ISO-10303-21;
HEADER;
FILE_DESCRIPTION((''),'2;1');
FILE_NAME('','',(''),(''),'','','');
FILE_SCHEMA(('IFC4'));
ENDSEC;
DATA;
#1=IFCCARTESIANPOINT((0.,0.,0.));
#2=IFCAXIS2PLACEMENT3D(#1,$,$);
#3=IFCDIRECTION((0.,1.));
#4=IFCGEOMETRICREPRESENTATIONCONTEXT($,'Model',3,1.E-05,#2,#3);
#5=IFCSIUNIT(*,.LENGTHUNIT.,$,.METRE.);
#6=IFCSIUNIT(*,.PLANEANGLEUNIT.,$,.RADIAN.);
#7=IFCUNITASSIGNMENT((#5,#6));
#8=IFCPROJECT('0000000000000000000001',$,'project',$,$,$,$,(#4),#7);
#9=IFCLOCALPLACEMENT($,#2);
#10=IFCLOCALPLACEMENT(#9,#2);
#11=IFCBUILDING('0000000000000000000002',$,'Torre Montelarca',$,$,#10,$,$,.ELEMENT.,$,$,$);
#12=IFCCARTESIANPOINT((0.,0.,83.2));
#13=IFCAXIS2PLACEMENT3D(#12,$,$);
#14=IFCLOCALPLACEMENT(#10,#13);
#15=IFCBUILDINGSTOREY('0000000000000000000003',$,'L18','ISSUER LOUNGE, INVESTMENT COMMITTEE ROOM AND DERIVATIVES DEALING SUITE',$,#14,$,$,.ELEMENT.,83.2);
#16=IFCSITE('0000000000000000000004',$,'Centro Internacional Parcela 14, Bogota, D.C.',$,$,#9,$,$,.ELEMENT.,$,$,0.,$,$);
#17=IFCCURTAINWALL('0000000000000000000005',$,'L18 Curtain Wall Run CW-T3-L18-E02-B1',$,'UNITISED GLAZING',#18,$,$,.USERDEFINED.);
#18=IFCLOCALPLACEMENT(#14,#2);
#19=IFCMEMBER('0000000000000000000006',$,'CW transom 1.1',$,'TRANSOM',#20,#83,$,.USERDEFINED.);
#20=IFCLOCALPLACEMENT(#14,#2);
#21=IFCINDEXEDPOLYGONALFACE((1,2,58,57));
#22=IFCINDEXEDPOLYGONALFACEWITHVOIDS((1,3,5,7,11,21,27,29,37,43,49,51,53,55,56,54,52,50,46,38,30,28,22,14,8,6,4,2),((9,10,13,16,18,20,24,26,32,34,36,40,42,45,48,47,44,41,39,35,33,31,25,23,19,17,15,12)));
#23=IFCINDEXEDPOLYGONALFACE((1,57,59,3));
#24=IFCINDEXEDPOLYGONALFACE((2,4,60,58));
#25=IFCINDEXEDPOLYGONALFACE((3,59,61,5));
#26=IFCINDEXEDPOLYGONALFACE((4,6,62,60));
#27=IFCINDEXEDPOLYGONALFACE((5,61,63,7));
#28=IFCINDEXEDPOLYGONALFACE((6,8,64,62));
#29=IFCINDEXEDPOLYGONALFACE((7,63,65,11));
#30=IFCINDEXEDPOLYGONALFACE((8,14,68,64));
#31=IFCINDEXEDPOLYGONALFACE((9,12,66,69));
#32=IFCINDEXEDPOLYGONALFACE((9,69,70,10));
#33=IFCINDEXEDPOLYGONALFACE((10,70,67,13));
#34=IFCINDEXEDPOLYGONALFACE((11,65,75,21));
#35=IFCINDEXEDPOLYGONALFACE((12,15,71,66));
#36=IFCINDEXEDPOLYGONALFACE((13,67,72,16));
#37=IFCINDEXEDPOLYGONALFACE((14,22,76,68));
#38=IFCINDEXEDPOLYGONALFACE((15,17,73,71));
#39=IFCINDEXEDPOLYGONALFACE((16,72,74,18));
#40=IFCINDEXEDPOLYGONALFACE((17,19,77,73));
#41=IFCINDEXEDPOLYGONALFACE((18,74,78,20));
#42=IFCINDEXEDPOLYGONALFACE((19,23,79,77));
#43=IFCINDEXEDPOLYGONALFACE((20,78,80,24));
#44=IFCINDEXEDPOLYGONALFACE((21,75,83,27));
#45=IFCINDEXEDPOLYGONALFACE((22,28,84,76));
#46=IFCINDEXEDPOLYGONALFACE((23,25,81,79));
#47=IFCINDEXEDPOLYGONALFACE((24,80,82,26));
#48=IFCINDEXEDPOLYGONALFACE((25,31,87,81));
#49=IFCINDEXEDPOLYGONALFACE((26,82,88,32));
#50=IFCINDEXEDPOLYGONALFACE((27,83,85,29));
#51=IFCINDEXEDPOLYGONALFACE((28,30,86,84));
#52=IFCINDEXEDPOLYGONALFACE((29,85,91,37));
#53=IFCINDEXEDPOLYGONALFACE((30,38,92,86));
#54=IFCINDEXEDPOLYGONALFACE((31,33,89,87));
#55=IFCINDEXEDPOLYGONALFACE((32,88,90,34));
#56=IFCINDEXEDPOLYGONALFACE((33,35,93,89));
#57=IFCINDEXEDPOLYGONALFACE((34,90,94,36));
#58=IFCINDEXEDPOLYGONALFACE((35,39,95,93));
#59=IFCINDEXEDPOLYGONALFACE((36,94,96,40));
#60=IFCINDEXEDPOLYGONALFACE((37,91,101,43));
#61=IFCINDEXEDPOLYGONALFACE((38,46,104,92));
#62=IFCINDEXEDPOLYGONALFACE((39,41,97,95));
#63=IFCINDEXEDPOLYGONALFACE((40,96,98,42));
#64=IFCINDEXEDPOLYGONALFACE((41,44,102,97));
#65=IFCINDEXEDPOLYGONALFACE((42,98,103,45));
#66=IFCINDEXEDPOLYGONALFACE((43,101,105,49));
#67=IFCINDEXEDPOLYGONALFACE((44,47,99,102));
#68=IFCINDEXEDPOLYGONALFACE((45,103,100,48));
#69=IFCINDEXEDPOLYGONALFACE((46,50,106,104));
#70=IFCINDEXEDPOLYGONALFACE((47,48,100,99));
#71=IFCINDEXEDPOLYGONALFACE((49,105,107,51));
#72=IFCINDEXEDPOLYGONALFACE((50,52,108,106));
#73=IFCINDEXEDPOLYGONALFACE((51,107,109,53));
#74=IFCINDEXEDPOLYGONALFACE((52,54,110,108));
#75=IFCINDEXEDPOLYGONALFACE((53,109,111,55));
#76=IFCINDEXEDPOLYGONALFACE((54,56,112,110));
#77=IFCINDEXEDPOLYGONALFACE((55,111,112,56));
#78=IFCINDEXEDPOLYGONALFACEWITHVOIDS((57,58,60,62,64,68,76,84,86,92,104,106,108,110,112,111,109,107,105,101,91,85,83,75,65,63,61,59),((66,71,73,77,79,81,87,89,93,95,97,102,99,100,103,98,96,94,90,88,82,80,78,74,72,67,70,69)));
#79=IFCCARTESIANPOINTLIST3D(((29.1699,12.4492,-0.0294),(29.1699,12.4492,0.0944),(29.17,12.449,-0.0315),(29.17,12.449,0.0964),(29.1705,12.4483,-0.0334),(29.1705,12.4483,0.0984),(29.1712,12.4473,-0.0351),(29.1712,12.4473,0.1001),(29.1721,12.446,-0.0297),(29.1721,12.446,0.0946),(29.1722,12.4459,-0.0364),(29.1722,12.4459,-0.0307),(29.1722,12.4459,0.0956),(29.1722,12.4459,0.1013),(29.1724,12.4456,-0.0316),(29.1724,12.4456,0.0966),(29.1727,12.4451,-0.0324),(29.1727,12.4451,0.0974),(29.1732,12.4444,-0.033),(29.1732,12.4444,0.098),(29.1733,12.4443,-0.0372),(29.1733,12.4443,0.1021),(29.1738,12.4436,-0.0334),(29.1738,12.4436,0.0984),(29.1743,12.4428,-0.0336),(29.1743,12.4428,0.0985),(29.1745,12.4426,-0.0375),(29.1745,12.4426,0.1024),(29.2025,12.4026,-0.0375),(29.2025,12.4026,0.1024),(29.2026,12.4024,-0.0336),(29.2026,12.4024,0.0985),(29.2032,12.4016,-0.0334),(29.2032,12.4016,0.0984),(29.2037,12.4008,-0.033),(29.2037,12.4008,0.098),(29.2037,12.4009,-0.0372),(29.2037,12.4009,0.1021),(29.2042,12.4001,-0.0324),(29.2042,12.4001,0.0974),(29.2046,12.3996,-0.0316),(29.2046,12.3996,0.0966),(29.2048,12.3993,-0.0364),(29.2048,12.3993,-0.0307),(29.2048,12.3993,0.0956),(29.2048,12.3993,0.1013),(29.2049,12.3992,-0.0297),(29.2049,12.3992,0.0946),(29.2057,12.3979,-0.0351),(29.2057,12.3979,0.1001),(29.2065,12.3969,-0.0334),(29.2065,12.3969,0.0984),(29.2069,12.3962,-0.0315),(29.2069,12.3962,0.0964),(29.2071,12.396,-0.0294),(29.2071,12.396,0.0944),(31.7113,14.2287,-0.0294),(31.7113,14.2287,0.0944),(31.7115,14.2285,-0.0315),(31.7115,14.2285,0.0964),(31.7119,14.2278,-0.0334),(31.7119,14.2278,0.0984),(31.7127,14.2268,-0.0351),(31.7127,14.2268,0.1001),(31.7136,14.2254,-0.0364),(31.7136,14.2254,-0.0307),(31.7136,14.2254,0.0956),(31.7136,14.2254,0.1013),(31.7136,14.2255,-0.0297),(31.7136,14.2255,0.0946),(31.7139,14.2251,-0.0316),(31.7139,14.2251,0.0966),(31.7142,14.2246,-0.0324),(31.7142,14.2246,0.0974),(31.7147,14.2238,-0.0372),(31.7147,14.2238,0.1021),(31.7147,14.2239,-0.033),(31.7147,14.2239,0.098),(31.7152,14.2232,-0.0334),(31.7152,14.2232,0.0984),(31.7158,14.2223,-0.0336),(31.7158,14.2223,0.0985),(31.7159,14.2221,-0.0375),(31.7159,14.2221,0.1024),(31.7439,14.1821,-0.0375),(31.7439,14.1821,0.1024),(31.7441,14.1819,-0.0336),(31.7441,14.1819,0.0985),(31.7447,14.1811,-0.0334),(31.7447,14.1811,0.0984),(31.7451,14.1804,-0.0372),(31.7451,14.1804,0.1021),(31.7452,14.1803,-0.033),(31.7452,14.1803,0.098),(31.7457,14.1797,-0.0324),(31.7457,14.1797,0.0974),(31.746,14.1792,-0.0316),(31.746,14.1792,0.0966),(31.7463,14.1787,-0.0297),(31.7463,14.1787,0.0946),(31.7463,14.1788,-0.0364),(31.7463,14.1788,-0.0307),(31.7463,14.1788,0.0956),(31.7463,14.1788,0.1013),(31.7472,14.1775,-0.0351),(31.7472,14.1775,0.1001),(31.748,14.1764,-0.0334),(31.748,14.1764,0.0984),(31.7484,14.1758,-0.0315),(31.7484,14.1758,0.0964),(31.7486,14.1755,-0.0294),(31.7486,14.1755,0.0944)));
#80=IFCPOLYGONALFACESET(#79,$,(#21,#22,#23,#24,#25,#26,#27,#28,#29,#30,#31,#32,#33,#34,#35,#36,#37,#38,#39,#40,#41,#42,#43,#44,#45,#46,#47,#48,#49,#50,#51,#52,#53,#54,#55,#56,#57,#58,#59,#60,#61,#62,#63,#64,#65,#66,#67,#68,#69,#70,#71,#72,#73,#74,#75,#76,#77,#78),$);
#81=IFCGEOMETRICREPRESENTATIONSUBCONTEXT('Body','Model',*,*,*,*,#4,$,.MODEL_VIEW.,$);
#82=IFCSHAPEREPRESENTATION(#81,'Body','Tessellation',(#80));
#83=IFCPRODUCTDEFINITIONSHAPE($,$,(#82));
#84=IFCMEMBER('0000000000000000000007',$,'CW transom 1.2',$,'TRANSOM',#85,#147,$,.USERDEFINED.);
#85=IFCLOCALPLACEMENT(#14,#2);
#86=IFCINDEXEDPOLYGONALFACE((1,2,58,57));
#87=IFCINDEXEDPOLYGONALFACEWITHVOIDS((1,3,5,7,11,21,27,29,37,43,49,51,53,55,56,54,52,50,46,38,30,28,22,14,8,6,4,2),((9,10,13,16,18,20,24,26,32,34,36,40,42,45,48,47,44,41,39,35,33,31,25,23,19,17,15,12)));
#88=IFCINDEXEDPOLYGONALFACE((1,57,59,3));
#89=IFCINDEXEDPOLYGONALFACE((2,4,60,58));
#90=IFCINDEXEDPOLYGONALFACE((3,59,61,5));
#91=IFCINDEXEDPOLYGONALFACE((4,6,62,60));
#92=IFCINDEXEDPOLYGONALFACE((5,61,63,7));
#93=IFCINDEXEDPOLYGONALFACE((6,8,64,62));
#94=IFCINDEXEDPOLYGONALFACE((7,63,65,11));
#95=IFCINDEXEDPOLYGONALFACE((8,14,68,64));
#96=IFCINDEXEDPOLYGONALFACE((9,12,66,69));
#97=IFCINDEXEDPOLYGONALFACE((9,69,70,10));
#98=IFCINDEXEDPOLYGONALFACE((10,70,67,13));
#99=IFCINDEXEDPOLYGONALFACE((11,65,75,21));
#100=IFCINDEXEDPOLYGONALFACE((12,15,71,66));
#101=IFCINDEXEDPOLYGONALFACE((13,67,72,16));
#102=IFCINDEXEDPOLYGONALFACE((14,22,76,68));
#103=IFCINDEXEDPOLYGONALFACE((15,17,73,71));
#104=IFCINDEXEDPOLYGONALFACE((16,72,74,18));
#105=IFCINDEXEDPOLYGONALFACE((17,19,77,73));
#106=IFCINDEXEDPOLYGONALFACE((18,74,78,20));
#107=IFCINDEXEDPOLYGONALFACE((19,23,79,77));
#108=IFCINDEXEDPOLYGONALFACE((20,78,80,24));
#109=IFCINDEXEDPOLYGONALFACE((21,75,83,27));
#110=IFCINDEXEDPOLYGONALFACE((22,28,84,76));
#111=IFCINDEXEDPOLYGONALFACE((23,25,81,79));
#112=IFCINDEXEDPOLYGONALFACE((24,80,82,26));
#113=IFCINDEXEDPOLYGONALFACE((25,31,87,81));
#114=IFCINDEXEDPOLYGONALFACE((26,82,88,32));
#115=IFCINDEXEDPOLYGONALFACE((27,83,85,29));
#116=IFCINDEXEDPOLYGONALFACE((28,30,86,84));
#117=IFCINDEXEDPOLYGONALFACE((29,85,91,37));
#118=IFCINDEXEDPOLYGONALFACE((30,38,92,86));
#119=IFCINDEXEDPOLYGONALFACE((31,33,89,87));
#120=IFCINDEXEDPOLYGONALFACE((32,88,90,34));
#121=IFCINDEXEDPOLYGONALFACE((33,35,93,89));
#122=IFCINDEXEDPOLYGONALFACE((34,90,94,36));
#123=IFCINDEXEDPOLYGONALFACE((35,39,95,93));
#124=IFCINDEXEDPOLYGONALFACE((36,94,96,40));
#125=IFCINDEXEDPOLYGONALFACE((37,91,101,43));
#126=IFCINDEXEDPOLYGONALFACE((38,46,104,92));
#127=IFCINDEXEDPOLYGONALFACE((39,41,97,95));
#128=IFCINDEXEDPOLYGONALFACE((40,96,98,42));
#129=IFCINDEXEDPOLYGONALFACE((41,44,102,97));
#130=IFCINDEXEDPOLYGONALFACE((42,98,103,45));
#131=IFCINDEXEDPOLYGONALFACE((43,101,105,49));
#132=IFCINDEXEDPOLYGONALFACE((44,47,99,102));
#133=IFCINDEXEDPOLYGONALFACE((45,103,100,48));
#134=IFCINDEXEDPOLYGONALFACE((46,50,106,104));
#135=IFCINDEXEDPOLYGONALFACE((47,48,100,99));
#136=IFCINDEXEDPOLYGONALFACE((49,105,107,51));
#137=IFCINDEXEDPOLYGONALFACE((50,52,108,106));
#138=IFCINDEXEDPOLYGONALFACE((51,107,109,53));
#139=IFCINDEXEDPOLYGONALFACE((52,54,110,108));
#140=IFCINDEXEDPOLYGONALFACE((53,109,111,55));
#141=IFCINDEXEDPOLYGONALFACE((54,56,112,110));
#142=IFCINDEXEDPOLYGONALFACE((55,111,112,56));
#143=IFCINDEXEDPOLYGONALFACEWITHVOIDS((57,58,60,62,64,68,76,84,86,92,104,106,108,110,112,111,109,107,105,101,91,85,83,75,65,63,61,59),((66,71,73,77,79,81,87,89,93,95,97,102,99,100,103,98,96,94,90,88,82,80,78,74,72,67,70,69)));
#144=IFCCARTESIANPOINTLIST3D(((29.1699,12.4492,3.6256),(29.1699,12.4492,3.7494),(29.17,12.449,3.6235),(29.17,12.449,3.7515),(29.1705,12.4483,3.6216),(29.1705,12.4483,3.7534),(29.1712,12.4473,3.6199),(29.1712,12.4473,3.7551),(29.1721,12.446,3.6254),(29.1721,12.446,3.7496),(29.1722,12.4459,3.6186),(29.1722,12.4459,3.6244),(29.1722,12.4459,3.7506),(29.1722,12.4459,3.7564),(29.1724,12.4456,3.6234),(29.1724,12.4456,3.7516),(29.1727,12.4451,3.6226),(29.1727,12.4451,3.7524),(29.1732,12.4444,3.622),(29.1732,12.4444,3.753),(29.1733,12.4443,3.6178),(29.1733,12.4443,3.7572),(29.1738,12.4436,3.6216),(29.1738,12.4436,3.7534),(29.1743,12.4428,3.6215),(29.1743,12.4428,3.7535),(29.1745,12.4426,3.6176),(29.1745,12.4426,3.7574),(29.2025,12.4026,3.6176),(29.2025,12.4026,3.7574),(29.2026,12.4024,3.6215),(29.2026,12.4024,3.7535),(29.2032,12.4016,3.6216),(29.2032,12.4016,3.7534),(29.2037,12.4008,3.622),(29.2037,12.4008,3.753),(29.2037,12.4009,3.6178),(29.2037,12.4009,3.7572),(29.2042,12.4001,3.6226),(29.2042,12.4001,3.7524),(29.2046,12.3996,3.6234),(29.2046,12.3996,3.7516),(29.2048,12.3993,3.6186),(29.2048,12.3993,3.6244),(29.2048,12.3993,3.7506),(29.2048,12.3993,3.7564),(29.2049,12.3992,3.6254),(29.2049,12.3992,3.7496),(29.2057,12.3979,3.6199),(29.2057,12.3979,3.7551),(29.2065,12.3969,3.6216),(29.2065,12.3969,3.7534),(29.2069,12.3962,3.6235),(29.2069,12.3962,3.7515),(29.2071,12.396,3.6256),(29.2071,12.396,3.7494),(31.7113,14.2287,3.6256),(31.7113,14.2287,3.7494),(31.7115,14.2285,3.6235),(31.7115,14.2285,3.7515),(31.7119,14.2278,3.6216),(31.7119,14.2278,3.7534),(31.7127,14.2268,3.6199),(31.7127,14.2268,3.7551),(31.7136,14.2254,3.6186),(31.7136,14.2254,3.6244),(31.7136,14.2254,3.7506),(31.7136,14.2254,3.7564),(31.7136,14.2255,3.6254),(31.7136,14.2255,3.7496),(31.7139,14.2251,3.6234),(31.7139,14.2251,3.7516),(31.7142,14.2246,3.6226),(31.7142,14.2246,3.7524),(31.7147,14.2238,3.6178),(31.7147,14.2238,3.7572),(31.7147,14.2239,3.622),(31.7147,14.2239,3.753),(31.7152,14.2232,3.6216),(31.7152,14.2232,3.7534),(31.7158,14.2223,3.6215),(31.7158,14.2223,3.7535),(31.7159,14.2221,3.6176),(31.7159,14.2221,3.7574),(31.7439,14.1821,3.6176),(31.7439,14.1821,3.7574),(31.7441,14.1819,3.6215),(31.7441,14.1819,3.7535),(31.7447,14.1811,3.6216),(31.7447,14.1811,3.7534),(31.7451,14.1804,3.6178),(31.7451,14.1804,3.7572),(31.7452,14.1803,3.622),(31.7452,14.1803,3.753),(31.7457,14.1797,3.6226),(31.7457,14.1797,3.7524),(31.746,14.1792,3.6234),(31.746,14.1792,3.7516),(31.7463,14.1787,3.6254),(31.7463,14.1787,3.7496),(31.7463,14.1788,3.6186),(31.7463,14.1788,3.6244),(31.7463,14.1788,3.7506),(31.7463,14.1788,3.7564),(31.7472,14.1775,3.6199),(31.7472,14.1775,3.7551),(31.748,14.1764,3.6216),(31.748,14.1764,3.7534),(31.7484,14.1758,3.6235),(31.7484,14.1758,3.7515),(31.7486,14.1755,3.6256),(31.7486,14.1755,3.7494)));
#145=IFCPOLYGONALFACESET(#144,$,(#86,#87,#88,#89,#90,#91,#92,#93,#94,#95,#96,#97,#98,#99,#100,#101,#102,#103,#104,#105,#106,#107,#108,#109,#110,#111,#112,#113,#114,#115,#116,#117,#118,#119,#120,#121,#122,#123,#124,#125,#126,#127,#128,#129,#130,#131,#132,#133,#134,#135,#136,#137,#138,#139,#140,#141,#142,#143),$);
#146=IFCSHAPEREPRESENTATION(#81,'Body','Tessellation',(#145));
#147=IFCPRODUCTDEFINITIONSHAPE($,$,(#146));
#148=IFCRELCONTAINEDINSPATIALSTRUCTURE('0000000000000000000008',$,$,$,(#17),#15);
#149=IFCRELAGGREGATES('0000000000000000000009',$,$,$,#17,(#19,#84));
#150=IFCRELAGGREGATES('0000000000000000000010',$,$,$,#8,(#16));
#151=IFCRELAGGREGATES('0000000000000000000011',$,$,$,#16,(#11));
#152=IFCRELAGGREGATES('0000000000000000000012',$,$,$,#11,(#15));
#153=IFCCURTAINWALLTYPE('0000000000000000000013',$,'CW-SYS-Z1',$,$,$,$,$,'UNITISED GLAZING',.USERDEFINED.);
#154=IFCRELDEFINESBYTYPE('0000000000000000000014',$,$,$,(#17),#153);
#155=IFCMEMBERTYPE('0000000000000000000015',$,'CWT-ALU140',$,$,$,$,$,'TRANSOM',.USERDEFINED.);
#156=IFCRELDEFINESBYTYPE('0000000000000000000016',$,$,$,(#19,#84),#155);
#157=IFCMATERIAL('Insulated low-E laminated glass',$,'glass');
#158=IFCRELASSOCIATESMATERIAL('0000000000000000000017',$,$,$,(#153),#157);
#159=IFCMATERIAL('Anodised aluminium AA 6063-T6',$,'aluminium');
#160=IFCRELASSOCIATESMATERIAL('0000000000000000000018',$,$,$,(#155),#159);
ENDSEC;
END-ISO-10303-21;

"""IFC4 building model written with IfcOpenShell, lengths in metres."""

from ifc_helpers import new_model, si_unit, direction, frame, origin, origin_2d, place, context, subcontext, project, spatial, hollow_rectangle, extrude, source, transform, mapped, material, material_profile, profile_set, type_object, element, aggregate, save


model = new_model("IFC4")

# Units and contexts
model_context = context("Model", 3, precision=1e-05, world=origin(), true_north=direction((0.0, 1.0)))
body_context = subcontext(model_context, "Body", "Model", "MODEL_VIEW")
ifc_project = project(units=[si_unit("LENGTHUNIT", "METRE"), si_unit("PLANEANGLEUNIT", "RADIAN")], contexts=[model_context])

# Site, building, storey
site_placement = place(None, origin())
site = spatial("IfcSite", under=ifc_project, at=site_placement, Name="Centro Internacional Parcela 14, Bogota, D.C.", CompositionType="ELEMENT", RefElevation=0.0)
building_placement = place(site_placement, origin())
building = spatial("IfcBuilding", under=site, at=building_placement, Name="Torre Montelarca", CompositionType="ELEMENT")
storey_placement = place(building_placement, frame((0.0, 0.0, 83.2)))
storey = spatial("IfcBuildingStorey", under=building, at=storey_placement, Name="L18", Description="ISSUER LOUNGE, INVESTMENT COMMITTEE ROOM AND DERIVATIVES DEALING SUITE", CompositionType="ELEMENT", Elevation=83.2)

# Curtain wall, members
ifc_material_1 = material(Name="Insulated low-E laminated glass", Category="glass")
curtain_wall_type = type_object("IfcCurtainWallType", Name="CW-SYS-Z1", ElementType="UNITISED GLAZING", PredefinedType="USERDEFINED", material=ifc_material_1)
ifc_material_2 = material(Name="Anodised aluminium AA 6063-T6", Category="aluminium")
ifc_material_profile_1 = material_profile(ifc_material_2, hollow_rectangle(XDim=0.0649, YDim=0.1399, WallThickness=0.0039, InnerFilletRadius=0.0039, OuterFilletRadius=0.0081, at=origin_2d()), Name="ALU65X140X4", Category="aluminium")
ifc_profile_set_1 = profile_set([ifc_material_profile_1], Name="Anodised aluminium AA 6063-T6")
member_type_1 = type_object("IfcMemberType", Name="CWT-ALU140", ElementType="TRANSOM", PredefinedType="USERDEFINED", material=ifc_profile_set_1)
curtain_wall_1_placement = place(storey_placement, origin())
curtain_wall_1 = element("IfcCurtainWall", 1, at=curtain_wall_1_placement, inside=storey, type_object=curtain_wall_type, Name="L18 Curtain Wall Run CW-T3-L18-E02-B1", ObjectType="UNITISED GLAZING", PredefinedType="USERDEFINED")
shared_shape_1 = source(origin(), body_context, "Body", "SweptSolid", [
    extrude(hollow_rectangle(XDim=0.0649, YDim=0.1399, WallThickness=0.0039, InnerFilletRadius=0.0039, OuterFilletRadius=0.0081, at=origin_2d()), origin(), (0.0, 0.0, 1.0), 3.1025),
])
member_1_placement = place(storey_placement, frame((29.1885, 12.4226, 0.0325), z_axis=(0.819158, 0.573568, 0.0), x_axis=(-0.573568, 0.819158, 0.0)))
member_1 = element("IfcMember", 2, at=member_1_placement, type_object=member_type_1, Name="CW transom 1.1", ObjectType="TRANSOM", PredefinedType="USERDEFINED", context=body_context, shape_type="MappedRepresentation", body=[
    mapped(shared_shape_1, transform((0.0, 0.0, 0.0), scale=1.0)),
])
member_2_placement = place(storey_placement, frame((29.1885, 12.4226, 3.6875), z_axis=(0.819158, 0.573568, 0.0), x_axis=(-0.573568, 0.819158, 0.0)))
member_2 = element("IfcMember", 3, at=member_2_placement, type_object=member_type_1, Name="CW transom 1.2", ObjectType="TRANSOM", PredefinedType="USERDEFINED", context=body_context, shape_type="MappedRepresentation", body=[
    mapped(shared_shape_1, transform((0.0, 0.0, 0.0), scale=1.0)),
])

aggregate(curtain_wall_1, [member_1, member_2])

save(model, "model.ifc")
